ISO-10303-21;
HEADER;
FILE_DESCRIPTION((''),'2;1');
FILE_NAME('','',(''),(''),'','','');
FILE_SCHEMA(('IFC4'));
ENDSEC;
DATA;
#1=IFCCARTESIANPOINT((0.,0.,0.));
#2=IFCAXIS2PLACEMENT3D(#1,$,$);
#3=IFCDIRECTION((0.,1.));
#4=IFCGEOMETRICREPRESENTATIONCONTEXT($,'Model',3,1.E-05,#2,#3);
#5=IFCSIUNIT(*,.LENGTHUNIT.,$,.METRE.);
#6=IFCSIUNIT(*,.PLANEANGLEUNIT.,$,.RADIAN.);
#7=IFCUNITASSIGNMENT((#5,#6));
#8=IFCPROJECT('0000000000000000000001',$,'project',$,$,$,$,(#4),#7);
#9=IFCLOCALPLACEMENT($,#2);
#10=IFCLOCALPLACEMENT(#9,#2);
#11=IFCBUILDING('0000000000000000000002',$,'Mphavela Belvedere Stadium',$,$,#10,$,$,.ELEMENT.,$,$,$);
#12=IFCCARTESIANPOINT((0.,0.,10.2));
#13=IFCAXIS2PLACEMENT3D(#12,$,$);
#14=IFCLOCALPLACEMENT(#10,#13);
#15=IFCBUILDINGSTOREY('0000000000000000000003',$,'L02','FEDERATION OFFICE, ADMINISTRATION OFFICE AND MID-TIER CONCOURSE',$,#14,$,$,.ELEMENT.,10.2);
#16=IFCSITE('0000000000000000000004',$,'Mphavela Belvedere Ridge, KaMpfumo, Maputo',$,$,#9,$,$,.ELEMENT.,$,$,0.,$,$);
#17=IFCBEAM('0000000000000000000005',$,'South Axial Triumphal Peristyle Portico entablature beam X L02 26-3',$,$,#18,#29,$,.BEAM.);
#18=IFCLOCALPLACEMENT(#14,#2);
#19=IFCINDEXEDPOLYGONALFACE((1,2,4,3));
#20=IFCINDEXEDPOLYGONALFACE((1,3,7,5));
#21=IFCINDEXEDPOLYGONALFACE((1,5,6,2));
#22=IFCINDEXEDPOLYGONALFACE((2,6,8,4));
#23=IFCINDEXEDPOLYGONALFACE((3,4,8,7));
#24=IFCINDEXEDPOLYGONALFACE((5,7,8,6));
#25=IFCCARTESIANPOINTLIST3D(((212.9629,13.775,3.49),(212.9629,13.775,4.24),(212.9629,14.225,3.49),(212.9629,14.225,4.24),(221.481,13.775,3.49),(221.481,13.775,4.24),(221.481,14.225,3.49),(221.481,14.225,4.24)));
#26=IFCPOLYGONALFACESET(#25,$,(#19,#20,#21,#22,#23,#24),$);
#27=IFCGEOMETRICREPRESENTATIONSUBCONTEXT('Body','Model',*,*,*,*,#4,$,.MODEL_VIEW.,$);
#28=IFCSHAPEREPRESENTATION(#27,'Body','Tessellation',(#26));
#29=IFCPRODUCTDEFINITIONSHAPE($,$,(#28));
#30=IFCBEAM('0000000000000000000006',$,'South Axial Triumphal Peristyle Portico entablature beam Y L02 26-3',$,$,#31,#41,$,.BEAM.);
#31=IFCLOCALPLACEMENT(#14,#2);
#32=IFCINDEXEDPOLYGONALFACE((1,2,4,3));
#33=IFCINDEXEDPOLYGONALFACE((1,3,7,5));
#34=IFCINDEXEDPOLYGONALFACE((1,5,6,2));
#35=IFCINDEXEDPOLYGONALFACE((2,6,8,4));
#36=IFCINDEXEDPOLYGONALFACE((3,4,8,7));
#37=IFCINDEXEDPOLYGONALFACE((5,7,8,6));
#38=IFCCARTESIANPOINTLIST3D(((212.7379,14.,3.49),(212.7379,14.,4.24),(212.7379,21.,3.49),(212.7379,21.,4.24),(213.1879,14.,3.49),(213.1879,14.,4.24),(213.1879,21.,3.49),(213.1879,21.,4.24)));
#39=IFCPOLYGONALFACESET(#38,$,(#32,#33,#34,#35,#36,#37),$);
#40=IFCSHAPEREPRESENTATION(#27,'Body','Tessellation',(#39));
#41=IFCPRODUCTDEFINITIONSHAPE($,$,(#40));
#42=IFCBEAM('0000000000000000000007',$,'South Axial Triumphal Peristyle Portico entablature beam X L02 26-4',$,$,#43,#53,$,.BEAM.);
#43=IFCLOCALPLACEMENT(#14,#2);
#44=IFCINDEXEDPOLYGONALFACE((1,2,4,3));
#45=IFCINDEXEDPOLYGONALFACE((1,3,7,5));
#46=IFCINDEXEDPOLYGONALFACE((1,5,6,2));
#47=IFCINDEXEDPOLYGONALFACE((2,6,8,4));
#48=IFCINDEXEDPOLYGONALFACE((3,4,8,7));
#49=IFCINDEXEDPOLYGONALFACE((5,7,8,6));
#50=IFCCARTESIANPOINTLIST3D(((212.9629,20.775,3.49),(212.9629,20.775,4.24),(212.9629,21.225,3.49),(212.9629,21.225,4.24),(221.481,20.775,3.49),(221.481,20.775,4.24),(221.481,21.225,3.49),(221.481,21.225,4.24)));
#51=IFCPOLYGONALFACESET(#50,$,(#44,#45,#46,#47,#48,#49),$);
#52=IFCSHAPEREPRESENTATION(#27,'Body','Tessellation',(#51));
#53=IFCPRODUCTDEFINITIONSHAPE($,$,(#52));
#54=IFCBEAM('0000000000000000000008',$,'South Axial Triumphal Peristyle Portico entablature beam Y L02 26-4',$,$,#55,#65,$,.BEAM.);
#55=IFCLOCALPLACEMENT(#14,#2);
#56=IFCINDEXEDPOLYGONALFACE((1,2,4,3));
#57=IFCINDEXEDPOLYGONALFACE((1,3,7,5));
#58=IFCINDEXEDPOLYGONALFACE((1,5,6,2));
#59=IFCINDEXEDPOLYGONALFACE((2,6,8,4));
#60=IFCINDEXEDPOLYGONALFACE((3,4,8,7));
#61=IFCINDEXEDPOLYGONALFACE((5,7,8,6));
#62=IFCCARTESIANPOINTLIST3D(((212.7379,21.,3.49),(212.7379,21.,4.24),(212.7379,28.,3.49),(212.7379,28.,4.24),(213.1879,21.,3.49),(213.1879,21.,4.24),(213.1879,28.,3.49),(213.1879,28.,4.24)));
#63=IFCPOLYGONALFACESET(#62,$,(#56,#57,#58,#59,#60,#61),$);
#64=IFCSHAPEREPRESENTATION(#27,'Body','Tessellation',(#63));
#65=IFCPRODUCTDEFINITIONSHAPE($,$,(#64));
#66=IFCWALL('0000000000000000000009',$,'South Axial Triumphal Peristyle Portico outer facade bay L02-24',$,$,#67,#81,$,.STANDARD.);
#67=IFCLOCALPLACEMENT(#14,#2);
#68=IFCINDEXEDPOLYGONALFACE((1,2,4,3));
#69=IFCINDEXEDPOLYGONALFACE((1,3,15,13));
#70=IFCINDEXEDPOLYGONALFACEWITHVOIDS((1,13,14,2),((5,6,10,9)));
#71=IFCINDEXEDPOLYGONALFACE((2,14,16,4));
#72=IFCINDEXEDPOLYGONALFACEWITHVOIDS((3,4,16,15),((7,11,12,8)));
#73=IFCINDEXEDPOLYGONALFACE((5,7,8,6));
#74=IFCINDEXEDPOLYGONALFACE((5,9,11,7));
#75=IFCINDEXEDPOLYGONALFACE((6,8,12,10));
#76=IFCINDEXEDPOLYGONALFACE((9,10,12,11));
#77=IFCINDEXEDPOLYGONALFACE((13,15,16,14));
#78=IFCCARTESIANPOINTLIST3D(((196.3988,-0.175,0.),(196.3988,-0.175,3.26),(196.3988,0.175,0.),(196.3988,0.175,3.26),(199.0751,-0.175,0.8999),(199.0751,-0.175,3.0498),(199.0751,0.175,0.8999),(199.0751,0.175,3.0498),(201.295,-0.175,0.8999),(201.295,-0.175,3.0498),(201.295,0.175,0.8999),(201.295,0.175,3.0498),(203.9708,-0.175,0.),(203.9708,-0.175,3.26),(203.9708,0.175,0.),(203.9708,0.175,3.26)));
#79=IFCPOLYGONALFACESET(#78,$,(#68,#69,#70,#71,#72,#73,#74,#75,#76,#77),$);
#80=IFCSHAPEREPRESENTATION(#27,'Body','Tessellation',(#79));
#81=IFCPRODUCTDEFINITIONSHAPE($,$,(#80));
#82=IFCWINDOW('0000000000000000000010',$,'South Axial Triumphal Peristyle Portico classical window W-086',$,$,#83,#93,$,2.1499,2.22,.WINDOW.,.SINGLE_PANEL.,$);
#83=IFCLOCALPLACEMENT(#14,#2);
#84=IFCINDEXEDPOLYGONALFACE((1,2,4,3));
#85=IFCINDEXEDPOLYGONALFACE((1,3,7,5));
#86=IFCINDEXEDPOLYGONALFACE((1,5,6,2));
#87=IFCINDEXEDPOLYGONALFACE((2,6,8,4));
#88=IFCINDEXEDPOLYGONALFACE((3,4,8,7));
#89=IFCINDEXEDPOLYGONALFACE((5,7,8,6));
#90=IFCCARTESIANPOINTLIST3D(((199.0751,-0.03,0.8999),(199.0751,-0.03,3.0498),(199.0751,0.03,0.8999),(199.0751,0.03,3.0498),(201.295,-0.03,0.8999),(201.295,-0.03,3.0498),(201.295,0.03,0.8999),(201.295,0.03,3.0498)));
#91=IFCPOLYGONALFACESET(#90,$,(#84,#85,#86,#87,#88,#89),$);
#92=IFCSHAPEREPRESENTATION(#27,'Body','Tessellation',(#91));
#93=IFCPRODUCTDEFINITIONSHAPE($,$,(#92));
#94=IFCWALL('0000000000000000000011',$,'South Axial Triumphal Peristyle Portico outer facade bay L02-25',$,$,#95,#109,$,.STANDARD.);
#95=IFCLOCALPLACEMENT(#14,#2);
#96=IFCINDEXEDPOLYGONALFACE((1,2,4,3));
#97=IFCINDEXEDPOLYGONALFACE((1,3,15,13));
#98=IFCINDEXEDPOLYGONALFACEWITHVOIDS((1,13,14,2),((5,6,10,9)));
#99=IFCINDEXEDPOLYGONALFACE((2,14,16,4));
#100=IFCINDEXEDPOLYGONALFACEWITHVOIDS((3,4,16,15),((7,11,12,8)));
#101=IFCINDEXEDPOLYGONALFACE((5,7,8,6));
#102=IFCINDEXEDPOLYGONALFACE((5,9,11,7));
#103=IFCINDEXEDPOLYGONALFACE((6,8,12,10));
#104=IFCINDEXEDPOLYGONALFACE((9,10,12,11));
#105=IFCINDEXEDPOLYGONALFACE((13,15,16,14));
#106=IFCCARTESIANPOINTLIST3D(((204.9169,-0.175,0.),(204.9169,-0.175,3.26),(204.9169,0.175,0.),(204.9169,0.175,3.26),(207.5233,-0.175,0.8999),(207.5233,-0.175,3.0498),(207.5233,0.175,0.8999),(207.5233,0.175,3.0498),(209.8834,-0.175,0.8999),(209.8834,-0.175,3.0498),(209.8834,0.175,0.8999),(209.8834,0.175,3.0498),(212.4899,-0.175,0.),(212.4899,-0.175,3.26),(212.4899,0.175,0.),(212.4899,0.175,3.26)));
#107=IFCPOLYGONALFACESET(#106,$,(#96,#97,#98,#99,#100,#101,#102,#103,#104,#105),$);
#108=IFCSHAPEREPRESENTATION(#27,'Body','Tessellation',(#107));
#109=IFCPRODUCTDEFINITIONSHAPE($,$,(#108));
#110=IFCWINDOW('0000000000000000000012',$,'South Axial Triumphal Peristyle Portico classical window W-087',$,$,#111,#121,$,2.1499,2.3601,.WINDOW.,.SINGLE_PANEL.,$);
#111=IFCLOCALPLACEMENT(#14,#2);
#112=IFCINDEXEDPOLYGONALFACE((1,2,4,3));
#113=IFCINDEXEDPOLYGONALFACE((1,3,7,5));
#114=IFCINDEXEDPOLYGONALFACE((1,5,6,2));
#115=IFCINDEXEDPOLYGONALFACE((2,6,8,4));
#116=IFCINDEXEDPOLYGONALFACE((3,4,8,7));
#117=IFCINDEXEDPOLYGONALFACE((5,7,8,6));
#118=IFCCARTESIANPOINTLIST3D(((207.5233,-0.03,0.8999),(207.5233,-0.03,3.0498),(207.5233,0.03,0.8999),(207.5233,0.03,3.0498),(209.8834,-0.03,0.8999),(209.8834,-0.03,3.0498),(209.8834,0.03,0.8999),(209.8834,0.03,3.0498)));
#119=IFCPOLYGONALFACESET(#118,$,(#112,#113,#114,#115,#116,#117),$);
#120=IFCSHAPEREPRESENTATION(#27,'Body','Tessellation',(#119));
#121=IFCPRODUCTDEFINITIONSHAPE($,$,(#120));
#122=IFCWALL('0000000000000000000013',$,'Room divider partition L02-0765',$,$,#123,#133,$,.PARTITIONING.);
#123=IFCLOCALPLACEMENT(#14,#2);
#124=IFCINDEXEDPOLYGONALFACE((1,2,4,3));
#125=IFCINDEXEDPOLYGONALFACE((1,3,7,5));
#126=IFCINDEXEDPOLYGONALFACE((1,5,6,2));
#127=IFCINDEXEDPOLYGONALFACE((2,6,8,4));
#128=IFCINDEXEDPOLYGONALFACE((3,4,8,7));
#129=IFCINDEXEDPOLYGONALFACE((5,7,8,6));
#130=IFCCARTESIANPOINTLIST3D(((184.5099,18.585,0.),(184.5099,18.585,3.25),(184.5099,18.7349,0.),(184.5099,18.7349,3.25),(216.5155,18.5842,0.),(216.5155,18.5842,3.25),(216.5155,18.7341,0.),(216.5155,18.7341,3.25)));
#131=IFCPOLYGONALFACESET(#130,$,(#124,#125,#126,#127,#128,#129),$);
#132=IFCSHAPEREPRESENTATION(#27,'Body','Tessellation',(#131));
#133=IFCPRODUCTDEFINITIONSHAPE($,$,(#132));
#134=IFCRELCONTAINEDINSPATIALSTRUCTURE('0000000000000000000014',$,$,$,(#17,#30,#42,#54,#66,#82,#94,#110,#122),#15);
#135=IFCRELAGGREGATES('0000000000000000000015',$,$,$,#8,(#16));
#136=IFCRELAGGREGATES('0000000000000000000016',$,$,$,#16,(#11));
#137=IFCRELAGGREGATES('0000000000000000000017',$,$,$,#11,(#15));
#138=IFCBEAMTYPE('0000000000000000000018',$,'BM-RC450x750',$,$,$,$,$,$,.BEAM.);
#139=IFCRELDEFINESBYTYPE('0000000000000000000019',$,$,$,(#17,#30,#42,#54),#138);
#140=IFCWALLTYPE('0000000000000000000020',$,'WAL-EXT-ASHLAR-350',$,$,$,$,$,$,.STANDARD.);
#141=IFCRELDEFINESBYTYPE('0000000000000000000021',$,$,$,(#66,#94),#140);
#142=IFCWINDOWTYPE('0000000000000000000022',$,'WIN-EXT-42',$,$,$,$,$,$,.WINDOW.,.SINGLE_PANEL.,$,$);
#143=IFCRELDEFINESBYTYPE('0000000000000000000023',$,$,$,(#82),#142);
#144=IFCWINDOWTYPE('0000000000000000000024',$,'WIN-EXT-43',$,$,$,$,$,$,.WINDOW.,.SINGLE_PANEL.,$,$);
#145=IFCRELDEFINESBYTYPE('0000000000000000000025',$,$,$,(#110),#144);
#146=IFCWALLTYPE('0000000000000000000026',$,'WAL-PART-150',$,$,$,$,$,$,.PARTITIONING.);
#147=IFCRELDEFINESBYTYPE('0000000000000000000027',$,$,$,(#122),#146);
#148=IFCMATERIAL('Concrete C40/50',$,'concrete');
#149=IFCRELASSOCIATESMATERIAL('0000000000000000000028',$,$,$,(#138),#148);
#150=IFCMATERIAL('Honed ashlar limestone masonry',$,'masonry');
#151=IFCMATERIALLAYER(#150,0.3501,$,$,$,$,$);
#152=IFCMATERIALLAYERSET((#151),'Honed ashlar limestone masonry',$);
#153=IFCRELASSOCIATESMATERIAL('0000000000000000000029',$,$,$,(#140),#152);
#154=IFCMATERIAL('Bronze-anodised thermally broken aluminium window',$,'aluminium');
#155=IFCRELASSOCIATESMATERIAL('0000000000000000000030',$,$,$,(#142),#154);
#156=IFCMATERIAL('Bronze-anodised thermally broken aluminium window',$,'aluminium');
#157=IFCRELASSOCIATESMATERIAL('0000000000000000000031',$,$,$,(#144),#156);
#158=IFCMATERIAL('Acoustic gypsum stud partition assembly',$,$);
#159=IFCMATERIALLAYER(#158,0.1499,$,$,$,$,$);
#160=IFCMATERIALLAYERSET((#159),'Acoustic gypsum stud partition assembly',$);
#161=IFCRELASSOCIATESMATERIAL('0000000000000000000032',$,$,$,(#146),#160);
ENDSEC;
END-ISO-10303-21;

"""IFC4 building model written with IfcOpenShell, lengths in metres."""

from ifc_helpers import new_model, si_unit, direction, frame, frame_2d, origin, origin_2d, place, context, subcontext, project, spatial, rectangle, extrude, material, layer, layer_set, material_profile, profile_set, type_object, element, fill, save


model = new_model("IFC4")

# Units and contexts
model_context = context("Model", 3, precision=1e-05, world=origin(), true_north=direction((0.0, 1.0)))
body_context = subcontext(model_context, "Body", "Model", "MODEL_VIEW")
ifc_project = project(units=[si_unit("LENGTHUNIT", "METRE"), si_unit("PLANEANGLEUNIT", "RADIAN")], contexts=[model_context])

# Site, building, storey
site_placement = place(None, origin())
site = spatial("IfcSite", under=ifc_project, at=site_placement, Name="Mphavela Belvedere Ridge, KaMpfumo, Maputo", CompositionType="ELEMENT", RefElevation=0.0)
building_placement = place(site_placement, origin())
building = spatial("IfcBuilding", under=site, at=building_placement, Name="Mphavela Belvedere Stadium", CompositionType="ELEMENT")
storey_placement = place(building_placement, frame((0.0, 0.0, 10.2)))
storey = spatial("IfcBuildingStorey", under=building, at=storey_placement, Name="L02", Description="FEDERATION OFFICE, ADMINISTRATION OFFICE AND MID-TIER CONCOURSE", CompositionType="ELEMENT", Elevation=10.2)

# Beams
ifc_material_1 = material(Name="Concrete C40/50", Category="concrete")
ifc_material_profile_1 = material_profile(ifc_material_1, rectangle(XDim=0.45, YDim=0.75, at=origin_2d()), Name="RC 450x750")
ifc_profile_set_1 = profile_set([ifc_material_profile_1], Name="Concrete C40/50")
beam_type_1 = type_object("IfcBeamType", Name="BM-RC450x750", PredefinedType="BEAM", material=ifc_profile_set_1)
beam_1_placement = place(storey_placement, frame((212.9629, 14.0, 3.865), z_axis=(1.0, 0.0, 0.0), x_axis=(0.0, 1.0, 0.0)))
element("IfcBeam", 1, at=beam_1_placement, inside=storey, type_object=beam_type_1, Name="South Axial Triumphal Peristyle Portico entablature beam X L02 26-3", PredefinedType="BEAM", context=body_context, shape_type="SweptSolid", body=[
    extrude(rectangle(XDim=0.45, YDim=0.75, at=origin_2d()), origin(), (0.0, 0.0, 1.0), 8.5181),
])
beam_2_placement = place(storey_placement, frame((212.9629, 14.0, 3.865), z_axis=(0.0, 1.0, 0.0), x_axis=(-1.0, 0.0, 0.0)))
element("IfcBeam", 2, at=beam_2_placement, inside=storey, type_object=beam_type_1, Name="South Axial Triumphal Peristyle Portico entablature beam Y L02 26-3", PredefinedType="BEAM", context=body_context, shape_type="SweptSolid", body=[
    extrude(rectangle(XDim=0.45, YDim=0.75, at=origin_2d()), origin(), (0.0, 0.0, 1.0), 7.0),
])
beam_3_placement = place(storey_placement, frame((212.9629, 21.0, 3.865), z_axis=(1.0, 0.0, 0.0), x_axis=(0.0, 1.0, 0.0)))
element("IfcBeam", 3, at=beam_3_placement, inside=storey, type_object=beam_type_1, Name="South Axial Triumphal Peristyle Portico entablature beam X L02 26-4", PredefinedType="BEAM", context=body_context, shape_type="SweptSolid", body=[
    extrude(rectangle(XDim=0.45, YDim=0.75, at=origin_2d()), origin(), (0.0, 0.0, 1.0), 8.5181),
])
beam_4_placement = place(storey_placement, frame((212.9629, 21.0, 3.865), z_axis=(0.0, 1.0, 0.0), x_axis=(-1.0, 0.0, 0.0)))
element("IfcBeam", 4, at=beam_4_placement, inside=storey, type_object=beam_type_1, Name="South Axial Triumphal Peristyle Portico entablature beam Y L02 26-4", PredefinedType="BEAM", context=body_context, shape_type="SweptSolid", body=[
    extrude(rectangle(XDim=0.45, YDim=0.75, at=origin_2d()), origin(), (0.0, 0.0, 1.0), 7.0),
])

# Walls, openings, windows
ifc_material_2 = material(Name="Honed ashlar limestone masonry", Category="masonry")
ifc_layer_1 = layer(ifc_material_2, 0.3501)
ifc_layer_set_1 = layer_set([ifc_layer_1], Name="Honed ashlar limestone masonry")
wall_type_1 = type_object("IfcWallType", Name="WAL-EXT-ASHLAR-350", PredefinedType="STANDARD", material=ifc_layer_set_1)
wall_1_placement = place(storey_placement, frame((203.9709, 0.0, 0.0), z_axis=(0.0, 0.0, 1.0), x_axis=(-1.0, 0.0, 0.0)))
wall_1 = element("IfcWall", 5, at=wall_1_placement, inside=storey, type_object=wall_type_1, Name="South Axial Triumphal Peristyle Portico outer facade bay L02-24", PredefinedType="STANDARD", context=body_context, shape_type="SweptSolid", body=[
    extrude(rectangle(XDim=7.572, YDim=0.3501, at=frame_2d((3.7861, 0.0))), origin(), (0.0, 0.0, 1.0), 3.26),
])
opening_1_placement = place(wall_1_placement, frame((2.676, 0.0, 0.8999)))
opening_1 = element("IfcOpeningElement", 6, at=opening_1_placement, cuts=wall_1, PredefinedType="OPENING", context=body_context, shape_type="SweptSolid", body=[
    extrude(rectangle(XDim=2.22, YDim=2.1499, at=frame_2d((1.1099, 1.075))), frame((0.0, 0.1851, 0.0), z_axis=(0.0, -1.0, 0.0), x_axis=(1.0, 0.0, 0.0)), (0.0, 0.0, 1.0), 0.3701),
])
ifc_material_3 = material(Name="Bronze-anodised thermally broken aluminium window", Category="aluminium")
window_type_1 = type_object("IfcWindowType", Name="WIN-EXT-42", PartitioningType="SINGLE_PANEL", PredefinedType="WINDOW", material=ifc_material_3)
window_1_placement = place(opening_1_placement, origin())
window_1 = element("IfcWindow", 7, at=window_1_placement, inside=storey, type_object=window_type_1, Name="South Axial Triumphal Peristyle Portico classical window W-086", OverallHeight=2.1499, OverallWidth=2.22, PartitioningType="SINGLE_PANEL", PredefinedType="WINDOW", context=body_context, shape_type="SweptSolid", body=[
    extrude(rectangle(XDim=2.22, YDim=2.1499, at=frame_2d((1.1099, 1.075))), frame((0.0, 0.03, 0.0), z_axis=(0.0, -1.0, 0.0), x_axis=(1.0, 0.0, 0.0)), (0.0, 0.0, 1.0), 0.0601),
])
fill(opening_1, window_1)
wall_2_placement = place(storey_placement, frame((212.49, 0.0, 0.0), z_axis=(0.0, 0.0, 1.0), x_axis=(-1.0, 0.0, 0.0)))
wall_2 = element("IfcWall", 8, at=wall_2_placement, inside=storey, type_object=wall_type_1, Name="South Axial Triumphal Peristyle Portico outer facade bay L02-25", PredefinedType="STANDARD", context=body_context, shape_type="SweptSolid", body=[
    extrude(rectangle(XDim=7.573, YDim=0.3501, at=frame_2d((3.7866, 0.0))), origin(), (0.0, 0.0, 1.0), 3.26),
])
opening_2_placement = place(wall_2_placement, frame((2.6064, 0.0, 0.8999)))
opening_2 = element("IfcOpeningElement", 9, at=opening_2_placement, cuts=wall_2, PredefinedType="OPENING", context=body_context, shape_type="SweptSolid", body=[
    extrude(rectangle(XDim=2.3601, YDim=2.1499, at=frame_2d((1.1802, 1.075))), frame((0.0, 0.1851, 0.0), z_axis=(0.0, -1.0, 0.0), x_axis=(1.0, 0.0, 0.0)), (0.0, 0.0, 1.0), 0.3701),
])
ifc_material_4 = material(Name="Bronze-anodised thermally broken aluminium window", Category="aluminium")
window_type_2 = type_object("IfcWindowType", Name="WIN-EXT-43", PartitioningType="SINGLE_PANEL", PredefinedType="WINDOW", material=ifc_material_4)
window_2_placement = place(opening_2_placement, origin())
window_2 = element("IfcWindow", 10, at=window_2_placement, inside=storey, type_object=window_type_2, Name="South Axial Triumphal Peristyle Portico classical window W-087", OverallHeight=2.1499, OverallWidth=2.3601, PartitioningType="SINGLE_PANEL", PredefinedType="WINDOW", context=body_context, shape_type="SweptSolid", body=[
    extrude(rectangle(XDim=2.3601, YDim=2.1499, at=frame_2d((1.1802, 1.075))), frame((0.0, 0.03, 0.0), z_axis=(0.0, -1.0, 0.0), x_axis=(1.0, 0.0, 0.0)), (0.0, 0.0, 1.0), 0.0601),
])
fill(opening_2, window_2)

# Wall
ifc_material_5 = material(Name="Acoustic gypsum stud partition assembly")
ifc_layer_2 = layer(ifc_material_5, 0.1499)
ifc_layer_set_2 = layer_set([ifc_layer_2], Name="Acoustic gypsum stud partition assembly")
wall_type_2 = type_object("IfcWallType", Name="WAL-PART-150", PredefinedType="PARTITIONING", material=ifc_layer_set_2)
wall_3_placement = place(storey_placement, frame((216.5156, 18.6592, 0.0), z_axis=(0.0, 0.0, 1.0), x_axis=(-1.0, 0.000023, 0.0)))
element("IfcWall", 11, at=wall_3_placement, inside=storey, type_object=wall_type_2, Name="Room divider partition L02-0765", PredefinedType="PARTITIONING", context=body_context, shape_type="SweptSolid", body=[
    extrude(rectangle(XDim=32.0056, YDim=0.1499, at=frame_2d((16.0029, 0.0))), origin(), (0.0, 0.0, 1.0), 3.25),
])

save(model, "model.ifc")
